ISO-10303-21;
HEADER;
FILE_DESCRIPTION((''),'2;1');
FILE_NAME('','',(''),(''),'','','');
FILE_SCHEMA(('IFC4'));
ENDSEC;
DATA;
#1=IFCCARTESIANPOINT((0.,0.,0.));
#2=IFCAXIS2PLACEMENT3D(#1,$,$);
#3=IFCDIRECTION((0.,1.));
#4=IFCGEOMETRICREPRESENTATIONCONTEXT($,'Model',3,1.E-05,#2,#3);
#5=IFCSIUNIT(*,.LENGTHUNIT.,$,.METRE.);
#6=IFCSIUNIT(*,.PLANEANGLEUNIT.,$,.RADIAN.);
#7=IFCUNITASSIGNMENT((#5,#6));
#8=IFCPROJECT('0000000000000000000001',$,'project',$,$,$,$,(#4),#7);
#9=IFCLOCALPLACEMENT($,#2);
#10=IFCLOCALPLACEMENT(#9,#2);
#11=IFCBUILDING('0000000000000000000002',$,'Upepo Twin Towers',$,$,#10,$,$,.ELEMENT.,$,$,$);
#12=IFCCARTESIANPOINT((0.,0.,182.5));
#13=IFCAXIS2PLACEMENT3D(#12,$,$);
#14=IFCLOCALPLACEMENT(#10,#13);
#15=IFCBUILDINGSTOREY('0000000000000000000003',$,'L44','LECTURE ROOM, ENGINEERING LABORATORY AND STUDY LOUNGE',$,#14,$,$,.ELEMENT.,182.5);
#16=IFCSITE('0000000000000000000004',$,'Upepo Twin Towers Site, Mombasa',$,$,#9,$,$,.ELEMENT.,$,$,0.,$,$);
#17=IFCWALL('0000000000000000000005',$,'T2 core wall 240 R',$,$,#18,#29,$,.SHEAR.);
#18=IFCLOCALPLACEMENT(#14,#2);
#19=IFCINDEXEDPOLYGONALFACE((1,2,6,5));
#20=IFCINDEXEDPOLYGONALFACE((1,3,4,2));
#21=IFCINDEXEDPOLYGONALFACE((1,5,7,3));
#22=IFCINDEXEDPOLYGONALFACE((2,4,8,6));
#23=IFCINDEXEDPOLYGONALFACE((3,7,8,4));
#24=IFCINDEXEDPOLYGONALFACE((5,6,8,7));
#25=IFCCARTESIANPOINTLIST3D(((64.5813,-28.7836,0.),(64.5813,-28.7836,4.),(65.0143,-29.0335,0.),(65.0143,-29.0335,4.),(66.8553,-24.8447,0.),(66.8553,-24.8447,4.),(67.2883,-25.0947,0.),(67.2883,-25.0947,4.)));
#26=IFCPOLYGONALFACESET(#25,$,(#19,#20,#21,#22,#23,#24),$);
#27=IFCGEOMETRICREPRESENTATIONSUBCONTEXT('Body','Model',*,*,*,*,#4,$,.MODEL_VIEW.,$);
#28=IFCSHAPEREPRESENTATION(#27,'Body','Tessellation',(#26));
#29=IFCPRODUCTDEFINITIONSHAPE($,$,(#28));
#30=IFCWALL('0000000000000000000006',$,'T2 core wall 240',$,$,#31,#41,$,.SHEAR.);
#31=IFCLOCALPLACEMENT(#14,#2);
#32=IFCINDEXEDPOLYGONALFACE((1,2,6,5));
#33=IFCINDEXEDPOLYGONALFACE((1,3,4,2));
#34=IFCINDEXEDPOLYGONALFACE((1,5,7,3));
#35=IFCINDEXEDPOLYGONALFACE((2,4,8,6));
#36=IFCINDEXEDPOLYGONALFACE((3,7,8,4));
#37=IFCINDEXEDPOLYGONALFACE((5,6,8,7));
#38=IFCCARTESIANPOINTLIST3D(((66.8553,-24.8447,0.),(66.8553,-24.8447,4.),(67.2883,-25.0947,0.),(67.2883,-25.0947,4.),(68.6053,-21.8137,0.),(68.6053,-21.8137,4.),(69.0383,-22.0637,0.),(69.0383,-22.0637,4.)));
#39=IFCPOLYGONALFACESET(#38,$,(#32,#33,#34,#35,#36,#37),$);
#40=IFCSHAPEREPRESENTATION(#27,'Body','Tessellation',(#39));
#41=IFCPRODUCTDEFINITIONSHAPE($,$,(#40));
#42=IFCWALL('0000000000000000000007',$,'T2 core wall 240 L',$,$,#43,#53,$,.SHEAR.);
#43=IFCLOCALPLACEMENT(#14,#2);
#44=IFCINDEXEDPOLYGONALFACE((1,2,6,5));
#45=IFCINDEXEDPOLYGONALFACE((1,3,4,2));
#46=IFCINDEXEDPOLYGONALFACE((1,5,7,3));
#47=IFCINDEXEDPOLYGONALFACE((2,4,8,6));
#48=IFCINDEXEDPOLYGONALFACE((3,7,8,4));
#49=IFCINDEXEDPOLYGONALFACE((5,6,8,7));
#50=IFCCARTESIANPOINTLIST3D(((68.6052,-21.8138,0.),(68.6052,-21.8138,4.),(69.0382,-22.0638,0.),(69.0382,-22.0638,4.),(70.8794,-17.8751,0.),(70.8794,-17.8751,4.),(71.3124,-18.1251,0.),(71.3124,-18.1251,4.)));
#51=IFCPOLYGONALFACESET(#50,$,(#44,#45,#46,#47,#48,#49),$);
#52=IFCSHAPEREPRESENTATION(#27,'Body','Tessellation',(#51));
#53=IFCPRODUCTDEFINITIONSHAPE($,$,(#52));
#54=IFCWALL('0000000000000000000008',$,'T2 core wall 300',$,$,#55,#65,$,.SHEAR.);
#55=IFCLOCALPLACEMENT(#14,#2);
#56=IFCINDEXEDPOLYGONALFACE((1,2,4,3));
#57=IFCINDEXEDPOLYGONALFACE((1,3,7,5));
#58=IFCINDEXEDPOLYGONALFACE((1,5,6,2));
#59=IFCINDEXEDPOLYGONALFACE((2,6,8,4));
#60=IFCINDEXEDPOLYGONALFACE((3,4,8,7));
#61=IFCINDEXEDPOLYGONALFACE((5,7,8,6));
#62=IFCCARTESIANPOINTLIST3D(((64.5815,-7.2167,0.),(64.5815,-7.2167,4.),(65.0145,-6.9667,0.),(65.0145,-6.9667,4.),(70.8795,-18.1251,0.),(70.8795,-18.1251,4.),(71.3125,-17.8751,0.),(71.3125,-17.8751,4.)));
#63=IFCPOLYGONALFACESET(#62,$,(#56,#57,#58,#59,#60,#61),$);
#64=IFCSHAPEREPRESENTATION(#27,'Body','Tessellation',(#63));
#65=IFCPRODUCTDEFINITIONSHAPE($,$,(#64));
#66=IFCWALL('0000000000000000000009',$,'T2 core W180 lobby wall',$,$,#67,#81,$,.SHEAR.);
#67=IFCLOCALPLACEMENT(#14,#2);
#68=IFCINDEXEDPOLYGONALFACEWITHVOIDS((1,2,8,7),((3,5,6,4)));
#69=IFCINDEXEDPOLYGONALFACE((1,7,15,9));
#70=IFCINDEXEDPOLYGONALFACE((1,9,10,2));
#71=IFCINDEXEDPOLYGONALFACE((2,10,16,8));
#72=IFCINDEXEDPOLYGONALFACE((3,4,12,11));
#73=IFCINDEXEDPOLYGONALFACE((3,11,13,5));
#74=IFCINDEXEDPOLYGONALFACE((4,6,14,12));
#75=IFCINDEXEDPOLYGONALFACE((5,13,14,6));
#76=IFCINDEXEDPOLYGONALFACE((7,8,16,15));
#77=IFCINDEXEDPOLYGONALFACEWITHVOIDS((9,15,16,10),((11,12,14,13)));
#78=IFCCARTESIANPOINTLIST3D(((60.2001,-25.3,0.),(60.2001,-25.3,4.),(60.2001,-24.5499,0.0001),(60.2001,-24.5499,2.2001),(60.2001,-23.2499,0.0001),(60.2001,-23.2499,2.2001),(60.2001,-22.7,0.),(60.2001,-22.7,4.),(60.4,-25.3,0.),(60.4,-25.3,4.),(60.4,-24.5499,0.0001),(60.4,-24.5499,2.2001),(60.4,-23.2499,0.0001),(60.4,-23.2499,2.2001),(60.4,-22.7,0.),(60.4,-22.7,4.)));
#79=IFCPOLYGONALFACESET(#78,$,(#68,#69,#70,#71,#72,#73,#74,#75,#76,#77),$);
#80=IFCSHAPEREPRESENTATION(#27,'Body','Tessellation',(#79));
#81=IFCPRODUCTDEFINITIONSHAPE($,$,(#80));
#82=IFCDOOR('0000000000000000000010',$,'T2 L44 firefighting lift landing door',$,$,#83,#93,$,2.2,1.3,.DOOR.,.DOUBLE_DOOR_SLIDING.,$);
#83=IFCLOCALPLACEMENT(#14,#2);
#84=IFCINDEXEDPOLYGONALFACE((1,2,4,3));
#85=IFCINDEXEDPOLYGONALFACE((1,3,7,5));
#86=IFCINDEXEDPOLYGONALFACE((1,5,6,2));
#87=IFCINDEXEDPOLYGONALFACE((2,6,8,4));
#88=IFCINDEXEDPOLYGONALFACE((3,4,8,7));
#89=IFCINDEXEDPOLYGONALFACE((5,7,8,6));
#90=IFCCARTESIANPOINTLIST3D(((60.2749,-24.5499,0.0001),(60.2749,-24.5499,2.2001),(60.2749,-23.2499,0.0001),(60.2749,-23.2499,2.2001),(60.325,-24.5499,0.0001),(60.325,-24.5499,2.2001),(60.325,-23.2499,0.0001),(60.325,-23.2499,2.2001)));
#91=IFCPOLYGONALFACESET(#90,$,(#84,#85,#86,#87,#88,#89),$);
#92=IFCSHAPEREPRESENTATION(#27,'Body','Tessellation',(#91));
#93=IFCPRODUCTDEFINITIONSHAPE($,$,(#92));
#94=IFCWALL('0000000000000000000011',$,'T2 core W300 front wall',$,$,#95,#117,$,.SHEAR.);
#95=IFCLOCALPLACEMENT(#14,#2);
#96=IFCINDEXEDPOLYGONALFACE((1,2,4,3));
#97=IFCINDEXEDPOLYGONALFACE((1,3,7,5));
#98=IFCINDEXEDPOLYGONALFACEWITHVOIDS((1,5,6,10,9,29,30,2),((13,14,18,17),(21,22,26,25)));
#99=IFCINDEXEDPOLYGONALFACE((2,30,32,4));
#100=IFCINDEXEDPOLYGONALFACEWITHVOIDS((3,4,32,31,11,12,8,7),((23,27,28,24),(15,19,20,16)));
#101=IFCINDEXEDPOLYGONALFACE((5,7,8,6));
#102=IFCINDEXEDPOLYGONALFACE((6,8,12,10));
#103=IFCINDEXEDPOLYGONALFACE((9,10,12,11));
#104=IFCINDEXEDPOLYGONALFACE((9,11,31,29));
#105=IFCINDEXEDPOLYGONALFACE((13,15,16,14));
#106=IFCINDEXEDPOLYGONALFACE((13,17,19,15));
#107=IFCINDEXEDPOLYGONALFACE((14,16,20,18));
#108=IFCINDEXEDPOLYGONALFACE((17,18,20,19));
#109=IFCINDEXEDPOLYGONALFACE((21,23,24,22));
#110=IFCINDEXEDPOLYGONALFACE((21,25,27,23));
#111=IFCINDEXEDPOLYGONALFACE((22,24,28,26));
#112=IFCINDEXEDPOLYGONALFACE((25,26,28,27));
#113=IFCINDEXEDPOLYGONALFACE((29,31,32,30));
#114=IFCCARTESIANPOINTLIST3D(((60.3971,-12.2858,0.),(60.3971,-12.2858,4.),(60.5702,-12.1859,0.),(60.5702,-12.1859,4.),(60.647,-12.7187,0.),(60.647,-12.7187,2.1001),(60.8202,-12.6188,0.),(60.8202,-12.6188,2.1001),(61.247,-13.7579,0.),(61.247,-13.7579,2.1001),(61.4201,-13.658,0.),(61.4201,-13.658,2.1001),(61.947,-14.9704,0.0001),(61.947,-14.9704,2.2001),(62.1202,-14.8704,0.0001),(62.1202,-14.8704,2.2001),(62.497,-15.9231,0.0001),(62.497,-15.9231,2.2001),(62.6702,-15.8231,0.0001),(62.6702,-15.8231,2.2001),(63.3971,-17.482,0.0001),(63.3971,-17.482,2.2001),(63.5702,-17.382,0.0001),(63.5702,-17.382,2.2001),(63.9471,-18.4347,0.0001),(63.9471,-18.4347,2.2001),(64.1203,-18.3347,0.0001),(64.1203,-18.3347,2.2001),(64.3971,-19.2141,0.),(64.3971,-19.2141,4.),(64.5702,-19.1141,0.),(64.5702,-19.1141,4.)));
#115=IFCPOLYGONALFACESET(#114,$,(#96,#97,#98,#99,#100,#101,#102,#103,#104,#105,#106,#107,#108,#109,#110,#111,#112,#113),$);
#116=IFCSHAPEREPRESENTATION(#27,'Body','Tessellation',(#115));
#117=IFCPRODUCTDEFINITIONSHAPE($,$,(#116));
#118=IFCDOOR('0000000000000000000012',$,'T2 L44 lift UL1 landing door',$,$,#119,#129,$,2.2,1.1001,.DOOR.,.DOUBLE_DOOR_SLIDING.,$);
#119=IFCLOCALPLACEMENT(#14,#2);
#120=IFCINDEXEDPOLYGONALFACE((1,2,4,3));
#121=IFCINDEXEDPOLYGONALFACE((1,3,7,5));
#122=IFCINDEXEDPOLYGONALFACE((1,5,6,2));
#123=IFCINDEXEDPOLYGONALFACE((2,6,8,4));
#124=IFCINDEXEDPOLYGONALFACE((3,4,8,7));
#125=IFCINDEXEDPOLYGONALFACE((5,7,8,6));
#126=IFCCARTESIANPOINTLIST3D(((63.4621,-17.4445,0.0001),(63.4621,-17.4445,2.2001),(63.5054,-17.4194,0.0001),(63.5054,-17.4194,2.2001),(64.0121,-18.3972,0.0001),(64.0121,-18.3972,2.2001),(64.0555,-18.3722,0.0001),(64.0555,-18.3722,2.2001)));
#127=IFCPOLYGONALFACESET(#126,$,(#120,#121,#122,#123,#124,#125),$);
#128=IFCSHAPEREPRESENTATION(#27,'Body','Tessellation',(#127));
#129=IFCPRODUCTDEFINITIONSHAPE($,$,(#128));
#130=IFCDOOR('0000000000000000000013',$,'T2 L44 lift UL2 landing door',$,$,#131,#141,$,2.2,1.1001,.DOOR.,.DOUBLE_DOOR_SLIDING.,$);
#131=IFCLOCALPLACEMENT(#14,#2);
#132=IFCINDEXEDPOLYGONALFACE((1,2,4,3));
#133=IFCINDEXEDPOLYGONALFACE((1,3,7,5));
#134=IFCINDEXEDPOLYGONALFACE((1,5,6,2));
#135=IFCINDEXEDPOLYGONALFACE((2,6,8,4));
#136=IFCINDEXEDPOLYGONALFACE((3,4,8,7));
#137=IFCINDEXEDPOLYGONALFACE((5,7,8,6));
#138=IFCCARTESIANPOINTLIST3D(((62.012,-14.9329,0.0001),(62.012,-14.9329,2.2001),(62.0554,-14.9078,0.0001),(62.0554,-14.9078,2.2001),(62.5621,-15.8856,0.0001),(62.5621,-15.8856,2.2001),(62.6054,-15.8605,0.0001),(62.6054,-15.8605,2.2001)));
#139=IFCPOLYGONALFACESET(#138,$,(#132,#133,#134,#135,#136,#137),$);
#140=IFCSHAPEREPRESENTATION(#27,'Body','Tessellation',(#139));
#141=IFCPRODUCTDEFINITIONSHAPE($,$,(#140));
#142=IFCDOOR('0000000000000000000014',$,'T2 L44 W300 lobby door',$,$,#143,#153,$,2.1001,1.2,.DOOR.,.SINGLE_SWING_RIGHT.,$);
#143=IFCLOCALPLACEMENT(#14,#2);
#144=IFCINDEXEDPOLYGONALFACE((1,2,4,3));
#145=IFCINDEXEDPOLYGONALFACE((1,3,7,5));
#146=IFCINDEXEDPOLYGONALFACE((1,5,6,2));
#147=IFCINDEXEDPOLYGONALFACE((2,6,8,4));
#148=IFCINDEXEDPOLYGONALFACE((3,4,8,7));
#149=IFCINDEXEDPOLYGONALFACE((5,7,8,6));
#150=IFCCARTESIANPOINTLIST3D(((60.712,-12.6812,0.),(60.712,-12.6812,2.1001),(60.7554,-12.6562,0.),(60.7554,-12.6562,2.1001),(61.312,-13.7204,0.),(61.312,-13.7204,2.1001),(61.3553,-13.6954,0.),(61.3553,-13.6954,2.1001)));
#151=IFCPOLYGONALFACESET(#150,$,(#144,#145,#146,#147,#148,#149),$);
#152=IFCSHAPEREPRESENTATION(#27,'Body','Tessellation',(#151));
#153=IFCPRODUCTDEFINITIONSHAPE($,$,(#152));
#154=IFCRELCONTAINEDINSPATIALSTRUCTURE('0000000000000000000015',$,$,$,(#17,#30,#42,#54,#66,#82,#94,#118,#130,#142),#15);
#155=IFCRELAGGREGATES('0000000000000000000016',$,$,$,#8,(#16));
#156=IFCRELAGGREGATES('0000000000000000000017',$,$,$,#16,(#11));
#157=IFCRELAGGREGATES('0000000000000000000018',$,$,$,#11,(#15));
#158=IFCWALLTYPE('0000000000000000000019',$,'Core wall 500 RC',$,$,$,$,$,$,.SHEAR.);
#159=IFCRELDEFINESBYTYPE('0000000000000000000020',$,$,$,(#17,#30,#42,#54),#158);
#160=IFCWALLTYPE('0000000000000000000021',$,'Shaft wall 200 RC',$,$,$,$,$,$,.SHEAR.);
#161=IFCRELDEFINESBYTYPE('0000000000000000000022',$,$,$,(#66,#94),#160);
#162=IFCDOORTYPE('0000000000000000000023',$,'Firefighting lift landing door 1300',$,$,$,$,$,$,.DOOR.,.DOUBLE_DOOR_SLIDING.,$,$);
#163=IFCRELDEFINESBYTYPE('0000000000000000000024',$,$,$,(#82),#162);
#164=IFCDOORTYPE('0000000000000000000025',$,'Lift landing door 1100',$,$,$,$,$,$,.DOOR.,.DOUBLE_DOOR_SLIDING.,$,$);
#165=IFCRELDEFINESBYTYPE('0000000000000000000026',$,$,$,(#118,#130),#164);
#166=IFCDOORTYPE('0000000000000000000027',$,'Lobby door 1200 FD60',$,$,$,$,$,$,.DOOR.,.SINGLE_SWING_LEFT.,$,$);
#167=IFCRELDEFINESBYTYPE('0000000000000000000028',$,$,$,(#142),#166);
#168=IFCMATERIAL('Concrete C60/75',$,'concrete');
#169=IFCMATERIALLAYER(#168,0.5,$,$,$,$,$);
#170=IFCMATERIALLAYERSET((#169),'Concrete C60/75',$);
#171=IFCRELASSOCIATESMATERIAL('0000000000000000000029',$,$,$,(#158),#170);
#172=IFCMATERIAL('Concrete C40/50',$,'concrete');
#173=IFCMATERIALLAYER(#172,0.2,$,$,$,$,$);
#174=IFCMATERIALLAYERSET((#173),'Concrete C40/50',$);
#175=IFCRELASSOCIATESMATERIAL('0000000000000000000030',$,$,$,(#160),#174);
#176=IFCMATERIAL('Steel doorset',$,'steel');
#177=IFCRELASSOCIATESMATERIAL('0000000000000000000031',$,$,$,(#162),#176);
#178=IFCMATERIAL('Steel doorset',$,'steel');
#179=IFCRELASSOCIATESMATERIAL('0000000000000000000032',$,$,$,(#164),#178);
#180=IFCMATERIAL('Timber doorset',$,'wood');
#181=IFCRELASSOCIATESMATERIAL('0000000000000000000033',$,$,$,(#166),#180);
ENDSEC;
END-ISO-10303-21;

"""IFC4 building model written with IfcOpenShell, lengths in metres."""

from ifc_helpers import new_model, si_unit, direction, frame, frame_2d, origin, place, context, subcontext, project, spatial, rectangle, extrude, material, layer, layer_set, type_object, element, fill, save


model = new_model("IFC4")

# Units and contexts
model_context = context("Model", 3, precision=1e-05, world=origin(), true_north=direction((0.0, 1.0)))
body_context = subcontext(model_context, "Body", "Model", "MODEL_VIEW")
ifc_project = project(units=[si_unit("LENGTHUNIT", "METRE"), si_unit("PLANEANGLEUNIT", "RADIAN")], contexts=[model_context])

# Site, building, storey
site_placement = place(None, origin())
site = spatial("IfcSite", under=ifc_project, at=site_placement, Name="Upepo Twin Towers Site, Mombasa", CompositionType="ELEMENT", RefElevation=0.0)
building_placement = place(site_placement, origin())
building = spatial("IfcBuilding", under=site, at=building_placement, Name="Upepo Twin Towers", CompositionType="ELEMENT")
storey_placement = place(building_placement, frame((0.0, 0.0, 182.5)))
storey = spatial("IfcBuildingStorey", under=building, at=storey_placement, Name="L44", Description="LECTURE ROOM, ENGINEERING LABORATORY AND STUDY LOUNGE", CompositionType="ELEMENT", Elevation=182.5)

# Walls
ifc_material_1 = material(Name="Concrete C60/75", Category="concrete")
ifc_layer_1 = layer(ifc_material_1, 0.5)
ifc_layer_set_1 = layer_set([ifc_layer_1], Name="Concrete C60/75")
wall_type_1 = type_object("IfcWallType", Name="Core wall 500 RC", PredefinedType="SHEAR", material=ifc_layer_set_1)
wall_1_placement = place(storey_placement, frame((64.7979, -28.9084, 0.0), z_axis=(0.0, 0.0, 1.0), x_axis=(0.499984, 0.866035, 0.0)))
element("IfcWall", 1, at=wall_1_placement, inside=storey, type_object=wall_type_1, Name="T2 core wall 240 R", PredefinedType="SHEAR", context=body_context, shape_type="SweptSolid", body=[
    extrude(rectangle(XDim=4.5481, YDim=0.5, at=frame_2d((2.2739, 0.0))), origin(), (0.0, 0.0, 1.0), 4.0),
])
wall_2_placement = place(storey_placement, frame((67.0718, -24.9697, 0.0), z_axis=(0.0, 0.0, 1.0), x_axis=(0.50001, 0.866019, 0.0)))
element("IfcWall", 2, at=wall_2_placement, inside=storey, type_object=wall_type_1, Name="T2 core wall 240", PredefinedType="SHEAR", context=body_context, shape_type="SweptSolid", body=[
    extrude(rectangle(XDim=3.5, YDim=0.5, at=frame_2d((1.75, 0.0))), origin(), (0.0, 0.0, 1.0), 4.0),
])
wall_3_placement = place(storey_placement, frame((68.8218, -21.9387, 0.0), z_axis=(0.0, 0.0, 1.0), x_axis=(0.500024, 0.866011, 0.0)))
element("IfcWall", 3, at=wall_3_placement, inside=storey, type_object=wall_type_1, Name="T2 core wall 240 L", PredefinedType="SHEAR", context=body_context, shape_type="SweptSolid", body=[
    extrude(rectangle(XDim=4.5481, YDim=0.5, at=frame_2d((2.2739, 0.0))), origin(), (0.0, 0.0, 1.0), 4.0),
])
wall_4_placement = place(storey_placement, frame((71.0959, -18.0, 0.0), z_axis=(0.0, 0.0, 1.0), x_axis=(-0.500006, 0.866022, 0.0)))
element("IfcWall", 4, at=wall_4_placement, inside=storey, type_object=wall_type_1, Name="T2 core wall 300", PredefinedType="SHEAR", context=body_context, shape_type="SweptSolid", body=[
    extrude(rectangle(XDim=12.5959, YDim=0.5, at=frame_2d((6.2979, 0.0))), origin(), (0.0, 0.0, 1.0), 4.0),
])

# Wall, opening, door
ifc_material_2 = material(Name="Concrete C40/50", Category="concrete")
ifc_layer_2 = layer(ifc_material_2, 0.2)
ifc_layer_set_2 = layer_set([ifc_layer_2], Name="Concrete C40/50")
wall_type_2 = type_object("IfcWallType", Name="Shaft wall 200 RC", PredefinedType="SHEAR", material=ifc_layer_set_2)
wall_5_placement = place(storey_placement, frame((60.3, -22.7, 0.0), z_axis=(0.0, 0.0, 1.0), x_axis=(0.0, -1.0, 0.0)))
wall_5 = element("IfcWall", 5, at=wall_5_placement, inside=storey, type_object=wall_type_2, Name="T2 core W180 lobby wall", PredefinedType="SHEAR", context=body_context, shape_type="SweptSolid", body=[
    extrude(rectangle(XDim=2.6001, YDim=0.2, at=frame_2d((1.3, 0.0))), origin(), (0.0, 0.0, 1.0), 4.0),
])
opening_1_placement = place(wall_5_placement, frame((0.55, 0.0, 0.0)))
opening_1 = element("IfcOpeningElement", 6, at=opening_1_placement, cuts=wall_5, PredefinedType="OPENING", context=body_context, shape_type="SweptSolid", body=[
    extrude(rectangle(XDim=1.3, YDim=2.2, at=frame_2d((0.6499, 1.1001))), frame((0.0, 0.1099, 0.0), z_axis=(0.0, -1.0, 0.0), x_axis=(1.0, 0.0, 0.0)), (0.0, 0.0, 1.0), 0.22),
])
ifc_material_3 = material(Name="Steel doorset", Category="steel")
door_type_1 = type_object("IfcDoorType", Name="Firefighting lift landing door 1300", OperationType="DOUBLE_DOOR_SLIDING", PredefinedType="DOOR", material=ifc_material_3)
door_1_placement = place(opening_1_placement, origin())
door_1 = element("IfcDoor", 7, at=door_1_placement, inside=storey, type_object=door_type_1, Name="T2 L44 firefighting lift landing door", OperationType="DOUBLE_DOOR_SLIDING", OverallHeight=2.2, OverallWidth=1.3, PredefinedType="DOOR", context=body_context, shape_type="SweptSolid", body=[
    extrude(rectangle(XDim=1.3, YDim=2.2, at=frame_2d((0.6499, 1.1001))), frame((0.0, 0.0249, 0.0), z_axis=(0.0, -1.0, 0.0), x_axis=(1.0, 0.0, 0.0)), (0.0, 0.0, 1.0), 0.05),
])
fill(opening_1, door_1)

# Wall, openings, doors
wall_6_placement = place(storey_placement, frame((64.4836, -19.1641, 0.0), z_axis=(0.0, 0.0, 1.0), x_axis=(-0.499999, 0.866026, 0.0)))
wall_6 = element("IfcWall", 8, at=wall_6_placement, inside=storey, type_object=wall_type_2, Name="T2 core W300 front wall", PredefinedType="SHEAR", context=body_context, shape_type="SweptSolid", body=[
    extrude(rectangle(XDim=8.0, YDim=0.2, at=frame_2d((4.0, 0.0))), origin(), (0.0, 0.0, 1.0), 4.0),
])
opening_2_placement = place(wall_6_placement, frame((6.3, 0.0, 0.0)))
opening_2 = element("IfcOpeningElement", 9, at=opening_2_placement, cuts=wall_6, PredefinedType="OPENING", context=body_context, shape_type="SweptSolid", body=[
    extrude(rectangle(XDim=1.2, YDim=2.1001, at=frame_2d((0.6001, 1.05))), frame((0.0, 0.1099, 0.0), z_axis=(0.0, -1.0, 0.0), x_axis=(1.0, 0.0, 0.0)), (0.0, 0.0, 1.0), 0.22),
])
opening_3_placement = place(wall_6_placement, frame((0.8999, 0.0, 0.0)))
opening_3 = element("IfcOpeningElement", 10, at=opening_3_placement, cuts=wall_6, PredefinedType="OPENING", context=body_context, shape_type="SweptSolid", body=[
    extrude(rectangle(XDim=1.1001, YDim=2.2, at=frame_2d((0.55, 1.1001))), frame((0.0, 0.1099, 0.0), z_axis=(0.0, -1.0, 0.0), x_axis=(1.0, 0.0, 0.0)), (0.0, 0.0, 1.0), 0.22),
])
opening_4_placement = place(wall_6_placement, frame((3.8, 0.0, 0.0)))
opening_4 = element("IfcOpeningElement", 11, at=opening_4_placement, cuts=wall_6, PredefinedType="OPENING", context=body_context, shape_type="SweptSolid", body=[
    extrude(rectangle(XDim=1.1001, YDim=2.2, at=frame_2d((0.55, 1.1001))), frame((0.0, 0.1099, 0.0), z_axis=(0.0, -1.0, 0.0), x_axis=(1.0, 0.0, 0.0)), (0.0, 0.0, 1.0), 0.22),
])
ifc_material_4 = material(Name="Steel doorset", Category="steel")
door_type_2 = type_object("IfcDoorType", Name="Lift landing door 1100", OperationType="DOUBLE_DOOR_SLIDING", PredefinedType="DOOR", material=ifc_material_4)
door_2_placement = place(opening_3_placement, origin())
door_2 = element("IfcDoor", 12, at=door_2_placement, inside=storey, type_object=door_type_2, Name="T2 L44 lift UL1 landing door", OperationType="DOUBLE_DOOR_SLIDING", OverallHeight=2.2, OverallWidth=1.1001, PredefinedType="DOOR", context=body_context, shape_type="SweptSolid", body=[
    extrude(rectangle(XDim=1.1001, YDim=2.2, at=frame_2d((0.55, 1.1001))), frame((0.0, 0.0249, 0.0), z_axis=(0.0, -1.0, 0.0), x_axis=(1.0, 0.0, 0.0)), (0.0, 0.0, 1.0), 0.05),
])
fill(opening_3, door_2)
door_3_placement = place(opening_4_placement, origin())
door_3 = element("IfcDoor", 13, at=door_3_placement, inside=storey, type_object=door_type_2, Name="T2 L44 lift UL2 landing door", OperationType="DOUBLE_DOOR_SLIDING", OverallHeight=2.2, OverallWidth=1.1001, PredefinedType="DOOR", context=body_context, shape_type="SweptSolid", body=[
    extrude(rectangle(XDim=1.1001, YDim=2.2, at=frame_2d((0.55, 1.1001))), frame((0.0, 0.0249, 0.0), z_axis=(0.0, -1.0, 0.0), x_axis=(1.0, 0.0, 0.0)), (0.0, 0.0, 1.0), 0.05),
])
fill(opening_4, door_3)
ifc_material_5 = material(Name="Timber doorset", Category="wood")
door_type_3 = type_object("IfcDoorType", Name="Lobby door 1200 FD60", OperationType="SINGLE_SWING_LEFT", PredefinedType="DOOR", material=ifc_material_5)
door_4_placement = place(opening_2_placement, origin())
door_4 = element("IfcDoor", 14, at=door_4_placement, inside=storey, type_object=door_type_3, Name="T2 L44 W300 lobby door", OperationType="SINGLE_SWING_RIGHT", OverallHeight=2.1001, OverallWidth=1.2, PredefinedType="DOOR", context=body_context, shape_type="SweptSolid", body=[
    extrude(rectangle(XDim=1.2, YDim=2.1001, at=frame_2d((0.6001, 1.05))), frame((0.0, 0.0249, 0.0), z_axis=(0.0, -1.0, 0.0), x_axis=(1.0, 0.0, 0.0)), (0.0, 0.0, 1.0), 0.05),
])
fill(opening_2, door_4)

save(model, "model.ifc")
